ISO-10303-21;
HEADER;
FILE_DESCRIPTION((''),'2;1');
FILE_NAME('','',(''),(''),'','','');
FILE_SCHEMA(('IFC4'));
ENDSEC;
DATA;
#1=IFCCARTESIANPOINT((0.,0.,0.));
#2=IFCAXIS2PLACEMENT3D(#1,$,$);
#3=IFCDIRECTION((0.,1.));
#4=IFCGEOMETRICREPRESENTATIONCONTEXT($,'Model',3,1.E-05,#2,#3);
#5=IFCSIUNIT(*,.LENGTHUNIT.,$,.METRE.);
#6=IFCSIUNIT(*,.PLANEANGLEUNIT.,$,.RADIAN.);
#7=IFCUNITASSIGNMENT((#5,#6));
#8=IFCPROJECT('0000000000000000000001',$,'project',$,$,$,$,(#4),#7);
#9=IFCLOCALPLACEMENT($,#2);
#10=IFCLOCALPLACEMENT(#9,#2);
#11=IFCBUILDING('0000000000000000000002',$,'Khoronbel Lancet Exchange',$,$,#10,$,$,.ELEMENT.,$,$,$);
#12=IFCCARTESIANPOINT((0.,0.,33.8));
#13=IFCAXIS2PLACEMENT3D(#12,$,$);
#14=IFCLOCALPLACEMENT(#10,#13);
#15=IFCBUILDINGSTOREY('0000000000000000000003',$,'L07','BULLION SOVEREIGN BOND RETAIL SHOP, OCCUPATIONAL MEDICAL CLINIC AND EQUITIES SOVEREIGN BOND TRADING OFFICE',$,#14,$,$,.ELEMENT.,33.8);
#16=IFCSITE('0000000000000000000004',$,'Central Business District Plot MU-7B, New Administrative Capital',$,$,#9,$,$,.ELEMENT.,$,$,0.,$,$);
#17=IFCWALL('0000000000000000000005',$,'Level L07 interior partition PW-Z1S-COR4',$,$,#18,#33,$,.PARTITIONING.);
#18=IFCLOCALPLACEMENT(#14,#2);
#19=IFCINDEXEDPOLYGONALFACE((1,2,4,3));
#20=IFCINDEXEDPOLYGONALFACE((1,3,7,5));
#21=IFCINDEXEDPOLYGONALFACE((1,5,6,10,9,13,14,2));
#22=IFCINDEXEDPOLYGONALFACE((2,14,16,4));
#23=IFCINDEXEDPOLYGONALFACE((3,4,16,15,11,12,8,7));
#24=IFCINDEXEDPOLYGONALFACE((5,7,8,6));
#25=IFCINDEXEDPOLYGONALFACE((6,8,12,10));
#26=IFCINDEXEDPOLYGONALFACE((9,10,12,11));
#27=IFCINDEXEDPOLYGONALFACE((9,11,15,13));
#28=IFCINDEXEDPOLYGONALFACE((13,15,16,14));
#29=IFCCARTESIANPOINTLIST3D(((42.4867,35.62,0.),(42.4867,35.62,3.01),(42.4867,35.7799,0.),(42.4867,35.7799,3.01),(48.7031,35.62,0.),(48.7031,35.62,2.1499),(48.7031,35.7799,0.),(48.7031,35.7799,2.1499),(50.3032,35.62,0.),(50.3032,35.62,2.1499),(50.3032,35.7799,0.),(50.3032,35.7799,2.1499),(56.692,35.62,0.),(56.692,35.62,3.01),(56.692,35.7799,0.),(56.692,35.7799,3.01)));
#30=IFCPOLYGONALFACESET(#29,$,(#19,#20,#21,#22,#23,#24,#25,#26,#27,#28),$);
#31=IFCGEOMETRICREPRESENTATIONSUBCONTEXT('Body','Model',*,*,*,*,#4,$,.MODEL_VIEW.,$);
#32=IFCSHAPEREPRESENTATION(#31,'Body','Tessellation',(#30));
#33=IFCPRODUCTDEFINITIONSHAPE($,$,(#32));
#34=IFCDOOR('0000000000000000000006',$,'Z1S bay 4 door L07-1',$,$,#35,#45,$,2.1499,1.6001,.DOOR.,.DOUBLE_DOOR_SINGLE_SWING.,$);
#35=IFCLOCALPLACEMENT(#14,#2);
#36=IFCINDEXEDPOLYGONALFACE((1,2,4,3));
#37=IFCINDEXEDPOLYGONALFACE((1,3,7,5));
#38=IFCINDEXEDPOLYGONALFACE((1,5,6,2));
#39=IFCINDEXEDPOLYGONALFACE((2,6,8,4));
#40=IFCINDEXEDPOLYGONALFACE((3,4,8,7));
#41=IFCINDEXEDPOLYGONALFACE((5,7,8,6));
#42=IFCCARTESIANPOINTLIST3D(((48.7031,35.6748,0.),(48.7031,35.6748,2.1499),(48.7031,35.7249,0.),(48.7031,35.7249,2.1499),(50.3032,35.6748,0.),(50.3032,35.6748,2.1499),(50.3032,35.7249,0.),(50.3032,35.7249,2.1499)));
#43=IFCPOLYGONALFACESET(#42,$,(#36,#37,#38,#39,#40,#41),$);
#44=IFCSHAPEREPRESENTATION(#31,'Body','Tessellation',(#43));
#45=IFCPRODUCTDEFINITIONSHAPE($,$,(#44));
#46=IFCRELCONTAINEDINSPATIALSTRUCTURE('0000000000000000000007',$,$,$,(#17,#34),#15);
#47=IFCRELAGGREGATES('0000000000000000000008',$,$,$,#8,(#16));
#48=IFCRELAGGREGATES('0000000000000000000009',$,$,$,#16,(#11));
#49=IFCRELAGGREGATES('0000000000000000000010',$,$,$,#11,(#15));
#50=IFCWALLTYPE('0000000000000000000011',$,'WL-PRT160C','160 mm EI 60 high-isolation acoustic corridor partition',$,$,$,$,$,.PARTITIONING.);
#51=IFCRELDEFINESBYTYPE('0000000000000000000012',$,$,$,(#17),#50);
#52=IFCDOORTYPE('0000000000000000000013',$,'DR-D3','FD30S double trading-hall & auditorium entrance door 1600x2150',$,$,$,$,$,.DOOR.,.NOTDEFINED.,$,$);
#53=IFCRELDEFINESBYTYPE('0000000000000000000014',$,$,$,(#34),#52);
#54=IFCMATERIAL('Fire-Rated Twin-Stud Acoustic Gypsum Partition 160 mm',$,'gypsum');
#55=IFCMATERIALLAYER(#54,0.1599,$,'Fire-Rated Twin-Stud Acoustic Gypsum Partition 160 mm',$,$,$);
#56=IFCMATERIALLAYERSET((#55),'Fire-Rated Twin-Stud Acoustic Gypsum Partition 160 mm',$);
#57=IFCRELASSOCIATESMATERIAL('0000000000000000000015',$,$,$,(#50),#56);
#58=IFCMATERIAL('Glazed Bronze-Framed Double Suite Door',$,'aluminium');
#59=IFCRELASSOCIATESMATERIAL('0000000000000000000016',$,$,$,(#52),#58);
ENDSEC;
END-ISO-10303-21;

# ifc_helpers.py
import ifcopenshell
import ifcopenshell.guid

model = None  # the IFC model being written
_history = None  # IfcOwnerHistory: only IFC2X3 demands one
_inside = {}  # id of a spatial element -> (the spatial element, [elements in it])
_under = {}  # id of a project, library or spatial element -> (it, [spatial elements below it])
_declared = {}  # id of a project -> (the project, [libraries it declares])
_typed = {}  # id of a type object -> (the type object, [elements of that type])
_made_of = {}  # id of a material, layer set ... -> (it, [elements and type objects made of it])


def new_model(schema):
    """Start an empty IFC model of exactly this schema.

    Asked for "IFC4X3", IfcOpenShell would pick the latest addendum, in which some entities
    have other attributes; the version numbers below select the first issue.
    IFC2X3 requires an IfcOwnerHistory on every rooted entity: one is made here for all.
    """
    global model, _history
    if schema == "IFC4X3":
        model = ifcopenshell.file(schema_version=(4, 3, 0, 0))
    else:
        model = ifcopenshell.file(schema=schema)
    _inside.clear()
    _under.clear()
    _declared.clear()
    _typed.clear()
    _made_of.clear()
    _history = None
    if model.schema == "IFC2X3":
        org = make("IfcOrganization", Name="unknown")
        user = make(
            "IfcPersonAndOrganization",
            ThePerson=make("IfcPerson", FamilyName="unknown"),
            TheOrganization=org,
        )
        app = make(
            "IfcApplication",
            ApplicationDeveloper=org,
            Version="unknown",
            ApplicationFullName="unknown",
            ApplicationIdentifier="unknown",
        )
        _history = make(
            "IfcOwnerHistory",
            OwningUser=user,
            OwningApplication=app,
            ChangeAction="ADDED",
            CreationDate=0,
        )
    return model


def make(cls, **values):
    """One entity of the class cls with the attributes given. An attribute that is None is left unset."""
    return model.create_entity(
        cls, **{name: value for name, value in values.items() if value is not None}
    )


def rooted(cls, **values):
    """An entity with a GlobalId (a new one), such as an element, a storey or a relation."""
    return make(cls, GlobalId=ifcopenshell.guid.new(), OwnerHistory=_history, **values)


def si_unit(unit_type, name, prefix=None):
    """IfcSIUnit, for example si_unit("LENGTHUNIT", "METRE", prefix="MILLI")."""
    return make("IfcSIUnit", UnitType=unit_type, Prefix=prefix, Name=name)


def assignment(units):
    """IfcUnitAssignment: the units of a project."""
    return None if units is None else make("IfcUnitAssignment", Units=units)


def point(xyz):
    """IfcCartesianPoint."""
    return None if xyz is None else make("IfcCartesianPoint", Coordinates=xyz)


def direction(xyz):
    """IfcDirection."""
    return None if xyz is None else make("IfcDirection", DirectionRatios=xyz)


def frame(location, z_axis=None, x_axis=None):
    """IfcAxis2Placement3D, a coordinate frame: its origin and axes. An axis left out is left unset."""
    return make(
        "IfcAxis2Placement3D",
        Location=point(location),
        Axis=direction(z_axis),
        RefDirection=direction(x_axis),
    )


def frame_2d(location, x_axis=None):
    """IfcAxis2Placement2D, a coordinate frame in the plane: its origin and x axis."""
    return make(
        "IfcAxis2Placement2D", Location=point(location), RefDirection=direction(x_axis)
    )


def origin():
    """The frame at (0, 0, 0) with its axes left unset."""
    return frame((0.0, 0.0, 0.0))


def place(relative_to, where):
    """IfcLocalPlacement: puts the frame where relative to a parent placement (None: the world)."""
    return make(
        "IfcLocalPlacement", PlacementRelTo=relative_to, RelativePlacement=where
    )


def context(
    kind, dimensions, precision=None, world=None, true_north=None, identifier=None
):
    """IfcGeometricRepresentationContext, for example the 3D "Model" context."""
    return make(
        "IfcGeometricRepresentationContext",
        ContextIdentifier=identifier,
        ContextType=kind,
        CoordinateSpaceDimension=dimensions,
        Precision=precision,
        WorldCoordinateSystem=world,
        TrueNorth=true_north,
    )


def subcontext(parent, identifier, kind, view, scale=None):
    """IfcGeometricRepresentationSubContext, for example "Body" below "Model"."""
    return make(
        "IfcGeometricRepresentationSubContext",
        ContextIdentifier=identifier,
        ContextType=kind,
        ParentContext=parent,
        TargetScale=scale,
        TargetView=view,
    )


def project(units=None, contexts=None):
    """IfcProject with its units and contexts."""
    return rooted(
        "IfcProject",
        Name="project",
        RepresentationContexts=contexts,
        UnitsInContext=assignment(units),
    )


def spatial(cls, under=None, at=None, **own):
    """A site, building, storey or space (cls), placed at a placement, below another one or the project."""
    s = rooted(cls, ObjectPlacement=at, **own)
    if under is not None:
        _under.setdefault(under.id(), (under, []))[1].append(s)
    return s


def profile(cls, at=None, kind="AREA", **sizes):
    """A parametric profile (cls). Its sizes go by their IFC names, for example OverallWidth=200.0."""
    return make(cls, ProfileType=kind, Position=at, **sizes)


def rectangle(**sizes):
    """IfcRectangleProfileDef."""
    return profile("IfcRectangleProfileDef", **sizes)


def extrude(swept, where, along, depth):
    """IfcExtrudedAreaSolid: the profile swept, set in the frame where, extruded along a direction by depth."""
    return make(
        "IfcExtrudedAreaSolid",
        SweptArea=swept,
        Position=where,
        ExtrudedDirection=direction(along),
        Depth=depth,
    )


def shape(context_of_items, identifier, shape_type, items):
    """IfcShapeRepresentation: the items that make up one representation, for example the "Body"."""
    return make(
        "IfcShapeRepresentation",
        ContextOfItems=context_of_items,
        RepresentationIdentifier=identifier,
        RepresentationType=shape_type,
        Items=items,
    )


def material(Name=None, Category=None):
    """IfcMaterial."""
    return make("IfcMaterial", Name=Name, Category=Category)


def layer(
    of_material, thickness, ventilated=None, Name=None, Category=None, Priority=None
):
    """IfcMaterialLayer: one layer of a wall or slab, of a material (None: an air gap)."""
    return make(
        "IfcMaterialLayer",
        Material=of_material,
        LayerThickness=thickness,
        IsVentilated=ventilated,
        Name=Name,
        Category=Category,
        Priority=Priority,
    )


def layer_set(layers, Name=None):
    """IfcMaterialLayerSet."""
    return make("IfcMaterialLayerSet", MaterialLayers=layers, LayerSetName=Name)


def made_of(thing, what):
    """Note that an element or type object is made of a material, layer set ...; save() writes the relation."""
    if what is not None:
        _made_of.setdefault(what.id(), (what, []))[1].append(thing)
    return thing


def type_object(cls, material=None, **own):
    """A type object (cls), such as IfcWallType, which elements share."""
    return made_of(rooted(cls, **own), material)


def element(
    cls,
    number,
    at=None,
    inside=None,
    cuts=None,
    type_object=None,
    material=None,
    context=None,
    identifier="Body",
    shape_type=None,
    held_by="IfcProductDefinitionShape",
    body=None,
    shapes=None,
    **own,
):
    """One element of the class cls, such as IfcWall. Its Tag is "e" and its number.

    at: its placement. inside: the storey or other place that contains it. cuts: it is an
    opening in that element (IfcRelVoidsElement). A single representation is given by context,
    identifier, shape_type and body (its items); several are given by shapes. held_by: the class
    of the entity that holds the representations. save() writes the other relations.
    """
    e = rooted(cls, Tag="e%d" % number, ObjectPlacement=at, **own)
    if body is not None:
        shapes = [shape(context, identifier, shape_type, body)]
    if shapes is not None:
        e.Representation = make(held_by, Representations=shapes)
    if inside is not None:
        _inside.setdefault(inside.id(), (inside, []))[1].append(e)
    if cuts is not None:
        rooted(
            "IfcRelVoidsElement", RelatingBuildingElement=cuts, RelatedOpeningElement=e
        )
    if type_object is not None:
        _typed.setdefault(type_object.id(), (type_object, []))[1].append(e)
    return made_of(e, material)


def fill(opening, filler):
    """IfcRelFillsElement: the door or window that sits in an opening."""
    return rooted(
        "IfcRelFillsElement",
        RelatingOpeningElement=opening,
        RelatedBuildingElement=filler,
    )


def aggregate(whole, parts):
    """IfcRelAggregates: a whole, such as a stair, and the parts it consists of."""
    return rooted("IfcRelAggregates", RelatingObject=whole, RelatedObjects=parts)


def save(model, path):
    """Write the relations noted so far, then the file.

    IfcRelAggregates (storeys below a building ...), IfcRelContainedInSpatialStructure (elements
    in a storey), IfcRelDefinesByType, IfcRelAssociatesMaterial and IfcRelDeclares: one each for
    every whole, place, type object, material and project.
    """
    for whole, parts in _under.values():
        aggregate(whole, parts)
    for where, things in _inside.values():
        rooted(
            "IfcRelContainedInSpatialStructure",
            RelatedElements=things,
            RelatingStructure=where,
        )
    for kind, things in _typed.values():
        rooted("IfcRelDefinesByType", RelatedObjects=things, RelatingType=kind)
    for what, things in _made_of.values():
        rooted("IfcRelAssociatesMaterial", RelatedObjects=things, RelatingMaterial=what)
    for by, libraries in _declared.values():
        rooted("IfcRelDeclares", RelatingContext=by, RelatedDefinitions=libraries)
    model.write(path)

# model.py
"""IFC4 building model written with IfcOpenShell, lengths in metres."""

from ifc_helpers import new_model, si_unit, direction, frame, frame_2d, origin, place, context, subcontext, project, spatial, rectangle, extrude, material, layer, layer_set, type_object, element, fill, save


model = new_model("IFC4")

# Units and contexts
model_context = context("Model", 3, precision=1e-05, world=origin(), true_north=direction((0.0, 1.0)))
body_context = subcontext(model_context, "Body", "Model", "MODEL_VIEW")
ifc_project = project(units=[si_unit("LENGTHUNIT", "METRE"), si_unit("PLANEANGLEUNIT", "RADIAN")], contexts=[model_context])

# Site, building, storey
site_placement = place(None, origin())
site = spatial("IfcSite", under=ifc_project, at=site_placement, Name="Central Business District Plot MU-7B, New Administrative Capital", CompositionType="ELEMENT", RefElevation=0.0)
building_placement = place(site_placement, origin())
building = spatial("IfcBuilding", under=site, at=building_placement, Name="Khoronbel Lancet Exchange", CompositionType="ELEMENT")
storey_placement = place(building_placement, frame((0.0, 0.0, 33.8)))
storey = spatial("IfcBuildingStorey", under=building, at=storey_placement, Name="L07", Description="BULLION SOVEREIGN BOND RETAIL SHOP, OCCUPATIONAL MEDICAL CLINIC AND EQUITIES SOVEREIGN BOND TRADING OFFICE", CompositionType="ELEMENT", Elevation=33.8)

# Wall, opening, door
ifc_material_1 = material(Name="Fire-Rated Twin-Stud Acoustic Gypsum Partition 160 mm", Category="gypsum")
ifc_layer_1 = layer(ifc_material_1, 0.1599, Name="Fire-Rated Twin-Stud Acoustic Gypsum Partition 160 mm")
ifc_layer_set_1 = layer_set([ifc_layer_1], Name="Fire-Rated Twin-Stud Acoustic Gypsum Partition 160 mm")
wall_type_1 = type_object("IfcWallType", Name="WL-PRT160C", Description="160 mm EI 60 high-isolation acoustic corridor partition", PredefinedType="PARTITIONING", material=ifc_layer_set_1)
wall_1_placement = place(storey_placement, frame((42.4868, 35.7, 0.0), z_axis=(0.0, 0.0, 1.0), x_axis=(1.0, 0.0, 0.0)))
wall_1 = element("IfcWall", 1, at=wall_1_placement, inside=storey, type_object=wall_type_1, Name="Level L07 interior partition PW-Z1S-COR4", PredefinedType="PARTITIONING", context=body_context, shape_type="SweptSolid", body=[
    extrude(rectangle(XDim=14.2053, YDim=0.1599, at=frame_2d((7.1025, 0.0))), origin(), (0.0, 0.0, 1.0), 3.01),
])
opening_1_placement = place(wall_1_placement, frame((6.2163, 0.0, 0.0)))
opening_1 = element("IfcOpeningElement", 2, at=opening_1_placement, cuts=wall_1, PredefinedType="OPENING", context=body_context, shape_type="SweptSolid", body=[
    extrude(rectangle(XDim=1.6001, YDim=2.1499, at=frame_2d((0.8, 1.075))), frame((0.0, 0.0898, 0.0), z_axis=(0.0, -1.0, 0.0), x_axis=(1.0, 0.0, 0.0)), (0.0, 0.0, 1.0), 0.1799),
])
ifc_material_2 = material(Name="Glazed Bronze-Framed Double Suite Door", Category="aluminium")
door_type_1 = type_object("IfcDoorType", Name="DR-D3", Description="FD30S double trading-hall & auditorium entrance door 1600x2150", OperationType="NOTDEFINED", PredefinedType="DOOR", material=ifc_material_2)
door_1_placement = place(opening_1_placement, origin())
door_1 = element("IfcDoor", 3, at=door_1_placement, inside=storey, type_object=door_type_1, Name="Z1S bay 4 door L07-1", OperationType="DOUBLE_DOOR_SINGLE_SWING", OverallHeight=2.1499, OverallWidth=1.6001, PredefinedType="DOOR", context=body_context, shape_type="SweptSolid", body=[
    extrude(rectangle(XDim=1.6001, YDim=2.1499, at=frame_2d((0.8, 1.075))), frame((0.0, 0.0249, 0.0), z_axis=(0.0, -1.0, 0.0), x_axis=(1.0, 0.0, 0.0)), (0.0, 0.0, 1.0), 0.05),
])
fill(opening_1, door_1)

save(model, "model.ifc")
